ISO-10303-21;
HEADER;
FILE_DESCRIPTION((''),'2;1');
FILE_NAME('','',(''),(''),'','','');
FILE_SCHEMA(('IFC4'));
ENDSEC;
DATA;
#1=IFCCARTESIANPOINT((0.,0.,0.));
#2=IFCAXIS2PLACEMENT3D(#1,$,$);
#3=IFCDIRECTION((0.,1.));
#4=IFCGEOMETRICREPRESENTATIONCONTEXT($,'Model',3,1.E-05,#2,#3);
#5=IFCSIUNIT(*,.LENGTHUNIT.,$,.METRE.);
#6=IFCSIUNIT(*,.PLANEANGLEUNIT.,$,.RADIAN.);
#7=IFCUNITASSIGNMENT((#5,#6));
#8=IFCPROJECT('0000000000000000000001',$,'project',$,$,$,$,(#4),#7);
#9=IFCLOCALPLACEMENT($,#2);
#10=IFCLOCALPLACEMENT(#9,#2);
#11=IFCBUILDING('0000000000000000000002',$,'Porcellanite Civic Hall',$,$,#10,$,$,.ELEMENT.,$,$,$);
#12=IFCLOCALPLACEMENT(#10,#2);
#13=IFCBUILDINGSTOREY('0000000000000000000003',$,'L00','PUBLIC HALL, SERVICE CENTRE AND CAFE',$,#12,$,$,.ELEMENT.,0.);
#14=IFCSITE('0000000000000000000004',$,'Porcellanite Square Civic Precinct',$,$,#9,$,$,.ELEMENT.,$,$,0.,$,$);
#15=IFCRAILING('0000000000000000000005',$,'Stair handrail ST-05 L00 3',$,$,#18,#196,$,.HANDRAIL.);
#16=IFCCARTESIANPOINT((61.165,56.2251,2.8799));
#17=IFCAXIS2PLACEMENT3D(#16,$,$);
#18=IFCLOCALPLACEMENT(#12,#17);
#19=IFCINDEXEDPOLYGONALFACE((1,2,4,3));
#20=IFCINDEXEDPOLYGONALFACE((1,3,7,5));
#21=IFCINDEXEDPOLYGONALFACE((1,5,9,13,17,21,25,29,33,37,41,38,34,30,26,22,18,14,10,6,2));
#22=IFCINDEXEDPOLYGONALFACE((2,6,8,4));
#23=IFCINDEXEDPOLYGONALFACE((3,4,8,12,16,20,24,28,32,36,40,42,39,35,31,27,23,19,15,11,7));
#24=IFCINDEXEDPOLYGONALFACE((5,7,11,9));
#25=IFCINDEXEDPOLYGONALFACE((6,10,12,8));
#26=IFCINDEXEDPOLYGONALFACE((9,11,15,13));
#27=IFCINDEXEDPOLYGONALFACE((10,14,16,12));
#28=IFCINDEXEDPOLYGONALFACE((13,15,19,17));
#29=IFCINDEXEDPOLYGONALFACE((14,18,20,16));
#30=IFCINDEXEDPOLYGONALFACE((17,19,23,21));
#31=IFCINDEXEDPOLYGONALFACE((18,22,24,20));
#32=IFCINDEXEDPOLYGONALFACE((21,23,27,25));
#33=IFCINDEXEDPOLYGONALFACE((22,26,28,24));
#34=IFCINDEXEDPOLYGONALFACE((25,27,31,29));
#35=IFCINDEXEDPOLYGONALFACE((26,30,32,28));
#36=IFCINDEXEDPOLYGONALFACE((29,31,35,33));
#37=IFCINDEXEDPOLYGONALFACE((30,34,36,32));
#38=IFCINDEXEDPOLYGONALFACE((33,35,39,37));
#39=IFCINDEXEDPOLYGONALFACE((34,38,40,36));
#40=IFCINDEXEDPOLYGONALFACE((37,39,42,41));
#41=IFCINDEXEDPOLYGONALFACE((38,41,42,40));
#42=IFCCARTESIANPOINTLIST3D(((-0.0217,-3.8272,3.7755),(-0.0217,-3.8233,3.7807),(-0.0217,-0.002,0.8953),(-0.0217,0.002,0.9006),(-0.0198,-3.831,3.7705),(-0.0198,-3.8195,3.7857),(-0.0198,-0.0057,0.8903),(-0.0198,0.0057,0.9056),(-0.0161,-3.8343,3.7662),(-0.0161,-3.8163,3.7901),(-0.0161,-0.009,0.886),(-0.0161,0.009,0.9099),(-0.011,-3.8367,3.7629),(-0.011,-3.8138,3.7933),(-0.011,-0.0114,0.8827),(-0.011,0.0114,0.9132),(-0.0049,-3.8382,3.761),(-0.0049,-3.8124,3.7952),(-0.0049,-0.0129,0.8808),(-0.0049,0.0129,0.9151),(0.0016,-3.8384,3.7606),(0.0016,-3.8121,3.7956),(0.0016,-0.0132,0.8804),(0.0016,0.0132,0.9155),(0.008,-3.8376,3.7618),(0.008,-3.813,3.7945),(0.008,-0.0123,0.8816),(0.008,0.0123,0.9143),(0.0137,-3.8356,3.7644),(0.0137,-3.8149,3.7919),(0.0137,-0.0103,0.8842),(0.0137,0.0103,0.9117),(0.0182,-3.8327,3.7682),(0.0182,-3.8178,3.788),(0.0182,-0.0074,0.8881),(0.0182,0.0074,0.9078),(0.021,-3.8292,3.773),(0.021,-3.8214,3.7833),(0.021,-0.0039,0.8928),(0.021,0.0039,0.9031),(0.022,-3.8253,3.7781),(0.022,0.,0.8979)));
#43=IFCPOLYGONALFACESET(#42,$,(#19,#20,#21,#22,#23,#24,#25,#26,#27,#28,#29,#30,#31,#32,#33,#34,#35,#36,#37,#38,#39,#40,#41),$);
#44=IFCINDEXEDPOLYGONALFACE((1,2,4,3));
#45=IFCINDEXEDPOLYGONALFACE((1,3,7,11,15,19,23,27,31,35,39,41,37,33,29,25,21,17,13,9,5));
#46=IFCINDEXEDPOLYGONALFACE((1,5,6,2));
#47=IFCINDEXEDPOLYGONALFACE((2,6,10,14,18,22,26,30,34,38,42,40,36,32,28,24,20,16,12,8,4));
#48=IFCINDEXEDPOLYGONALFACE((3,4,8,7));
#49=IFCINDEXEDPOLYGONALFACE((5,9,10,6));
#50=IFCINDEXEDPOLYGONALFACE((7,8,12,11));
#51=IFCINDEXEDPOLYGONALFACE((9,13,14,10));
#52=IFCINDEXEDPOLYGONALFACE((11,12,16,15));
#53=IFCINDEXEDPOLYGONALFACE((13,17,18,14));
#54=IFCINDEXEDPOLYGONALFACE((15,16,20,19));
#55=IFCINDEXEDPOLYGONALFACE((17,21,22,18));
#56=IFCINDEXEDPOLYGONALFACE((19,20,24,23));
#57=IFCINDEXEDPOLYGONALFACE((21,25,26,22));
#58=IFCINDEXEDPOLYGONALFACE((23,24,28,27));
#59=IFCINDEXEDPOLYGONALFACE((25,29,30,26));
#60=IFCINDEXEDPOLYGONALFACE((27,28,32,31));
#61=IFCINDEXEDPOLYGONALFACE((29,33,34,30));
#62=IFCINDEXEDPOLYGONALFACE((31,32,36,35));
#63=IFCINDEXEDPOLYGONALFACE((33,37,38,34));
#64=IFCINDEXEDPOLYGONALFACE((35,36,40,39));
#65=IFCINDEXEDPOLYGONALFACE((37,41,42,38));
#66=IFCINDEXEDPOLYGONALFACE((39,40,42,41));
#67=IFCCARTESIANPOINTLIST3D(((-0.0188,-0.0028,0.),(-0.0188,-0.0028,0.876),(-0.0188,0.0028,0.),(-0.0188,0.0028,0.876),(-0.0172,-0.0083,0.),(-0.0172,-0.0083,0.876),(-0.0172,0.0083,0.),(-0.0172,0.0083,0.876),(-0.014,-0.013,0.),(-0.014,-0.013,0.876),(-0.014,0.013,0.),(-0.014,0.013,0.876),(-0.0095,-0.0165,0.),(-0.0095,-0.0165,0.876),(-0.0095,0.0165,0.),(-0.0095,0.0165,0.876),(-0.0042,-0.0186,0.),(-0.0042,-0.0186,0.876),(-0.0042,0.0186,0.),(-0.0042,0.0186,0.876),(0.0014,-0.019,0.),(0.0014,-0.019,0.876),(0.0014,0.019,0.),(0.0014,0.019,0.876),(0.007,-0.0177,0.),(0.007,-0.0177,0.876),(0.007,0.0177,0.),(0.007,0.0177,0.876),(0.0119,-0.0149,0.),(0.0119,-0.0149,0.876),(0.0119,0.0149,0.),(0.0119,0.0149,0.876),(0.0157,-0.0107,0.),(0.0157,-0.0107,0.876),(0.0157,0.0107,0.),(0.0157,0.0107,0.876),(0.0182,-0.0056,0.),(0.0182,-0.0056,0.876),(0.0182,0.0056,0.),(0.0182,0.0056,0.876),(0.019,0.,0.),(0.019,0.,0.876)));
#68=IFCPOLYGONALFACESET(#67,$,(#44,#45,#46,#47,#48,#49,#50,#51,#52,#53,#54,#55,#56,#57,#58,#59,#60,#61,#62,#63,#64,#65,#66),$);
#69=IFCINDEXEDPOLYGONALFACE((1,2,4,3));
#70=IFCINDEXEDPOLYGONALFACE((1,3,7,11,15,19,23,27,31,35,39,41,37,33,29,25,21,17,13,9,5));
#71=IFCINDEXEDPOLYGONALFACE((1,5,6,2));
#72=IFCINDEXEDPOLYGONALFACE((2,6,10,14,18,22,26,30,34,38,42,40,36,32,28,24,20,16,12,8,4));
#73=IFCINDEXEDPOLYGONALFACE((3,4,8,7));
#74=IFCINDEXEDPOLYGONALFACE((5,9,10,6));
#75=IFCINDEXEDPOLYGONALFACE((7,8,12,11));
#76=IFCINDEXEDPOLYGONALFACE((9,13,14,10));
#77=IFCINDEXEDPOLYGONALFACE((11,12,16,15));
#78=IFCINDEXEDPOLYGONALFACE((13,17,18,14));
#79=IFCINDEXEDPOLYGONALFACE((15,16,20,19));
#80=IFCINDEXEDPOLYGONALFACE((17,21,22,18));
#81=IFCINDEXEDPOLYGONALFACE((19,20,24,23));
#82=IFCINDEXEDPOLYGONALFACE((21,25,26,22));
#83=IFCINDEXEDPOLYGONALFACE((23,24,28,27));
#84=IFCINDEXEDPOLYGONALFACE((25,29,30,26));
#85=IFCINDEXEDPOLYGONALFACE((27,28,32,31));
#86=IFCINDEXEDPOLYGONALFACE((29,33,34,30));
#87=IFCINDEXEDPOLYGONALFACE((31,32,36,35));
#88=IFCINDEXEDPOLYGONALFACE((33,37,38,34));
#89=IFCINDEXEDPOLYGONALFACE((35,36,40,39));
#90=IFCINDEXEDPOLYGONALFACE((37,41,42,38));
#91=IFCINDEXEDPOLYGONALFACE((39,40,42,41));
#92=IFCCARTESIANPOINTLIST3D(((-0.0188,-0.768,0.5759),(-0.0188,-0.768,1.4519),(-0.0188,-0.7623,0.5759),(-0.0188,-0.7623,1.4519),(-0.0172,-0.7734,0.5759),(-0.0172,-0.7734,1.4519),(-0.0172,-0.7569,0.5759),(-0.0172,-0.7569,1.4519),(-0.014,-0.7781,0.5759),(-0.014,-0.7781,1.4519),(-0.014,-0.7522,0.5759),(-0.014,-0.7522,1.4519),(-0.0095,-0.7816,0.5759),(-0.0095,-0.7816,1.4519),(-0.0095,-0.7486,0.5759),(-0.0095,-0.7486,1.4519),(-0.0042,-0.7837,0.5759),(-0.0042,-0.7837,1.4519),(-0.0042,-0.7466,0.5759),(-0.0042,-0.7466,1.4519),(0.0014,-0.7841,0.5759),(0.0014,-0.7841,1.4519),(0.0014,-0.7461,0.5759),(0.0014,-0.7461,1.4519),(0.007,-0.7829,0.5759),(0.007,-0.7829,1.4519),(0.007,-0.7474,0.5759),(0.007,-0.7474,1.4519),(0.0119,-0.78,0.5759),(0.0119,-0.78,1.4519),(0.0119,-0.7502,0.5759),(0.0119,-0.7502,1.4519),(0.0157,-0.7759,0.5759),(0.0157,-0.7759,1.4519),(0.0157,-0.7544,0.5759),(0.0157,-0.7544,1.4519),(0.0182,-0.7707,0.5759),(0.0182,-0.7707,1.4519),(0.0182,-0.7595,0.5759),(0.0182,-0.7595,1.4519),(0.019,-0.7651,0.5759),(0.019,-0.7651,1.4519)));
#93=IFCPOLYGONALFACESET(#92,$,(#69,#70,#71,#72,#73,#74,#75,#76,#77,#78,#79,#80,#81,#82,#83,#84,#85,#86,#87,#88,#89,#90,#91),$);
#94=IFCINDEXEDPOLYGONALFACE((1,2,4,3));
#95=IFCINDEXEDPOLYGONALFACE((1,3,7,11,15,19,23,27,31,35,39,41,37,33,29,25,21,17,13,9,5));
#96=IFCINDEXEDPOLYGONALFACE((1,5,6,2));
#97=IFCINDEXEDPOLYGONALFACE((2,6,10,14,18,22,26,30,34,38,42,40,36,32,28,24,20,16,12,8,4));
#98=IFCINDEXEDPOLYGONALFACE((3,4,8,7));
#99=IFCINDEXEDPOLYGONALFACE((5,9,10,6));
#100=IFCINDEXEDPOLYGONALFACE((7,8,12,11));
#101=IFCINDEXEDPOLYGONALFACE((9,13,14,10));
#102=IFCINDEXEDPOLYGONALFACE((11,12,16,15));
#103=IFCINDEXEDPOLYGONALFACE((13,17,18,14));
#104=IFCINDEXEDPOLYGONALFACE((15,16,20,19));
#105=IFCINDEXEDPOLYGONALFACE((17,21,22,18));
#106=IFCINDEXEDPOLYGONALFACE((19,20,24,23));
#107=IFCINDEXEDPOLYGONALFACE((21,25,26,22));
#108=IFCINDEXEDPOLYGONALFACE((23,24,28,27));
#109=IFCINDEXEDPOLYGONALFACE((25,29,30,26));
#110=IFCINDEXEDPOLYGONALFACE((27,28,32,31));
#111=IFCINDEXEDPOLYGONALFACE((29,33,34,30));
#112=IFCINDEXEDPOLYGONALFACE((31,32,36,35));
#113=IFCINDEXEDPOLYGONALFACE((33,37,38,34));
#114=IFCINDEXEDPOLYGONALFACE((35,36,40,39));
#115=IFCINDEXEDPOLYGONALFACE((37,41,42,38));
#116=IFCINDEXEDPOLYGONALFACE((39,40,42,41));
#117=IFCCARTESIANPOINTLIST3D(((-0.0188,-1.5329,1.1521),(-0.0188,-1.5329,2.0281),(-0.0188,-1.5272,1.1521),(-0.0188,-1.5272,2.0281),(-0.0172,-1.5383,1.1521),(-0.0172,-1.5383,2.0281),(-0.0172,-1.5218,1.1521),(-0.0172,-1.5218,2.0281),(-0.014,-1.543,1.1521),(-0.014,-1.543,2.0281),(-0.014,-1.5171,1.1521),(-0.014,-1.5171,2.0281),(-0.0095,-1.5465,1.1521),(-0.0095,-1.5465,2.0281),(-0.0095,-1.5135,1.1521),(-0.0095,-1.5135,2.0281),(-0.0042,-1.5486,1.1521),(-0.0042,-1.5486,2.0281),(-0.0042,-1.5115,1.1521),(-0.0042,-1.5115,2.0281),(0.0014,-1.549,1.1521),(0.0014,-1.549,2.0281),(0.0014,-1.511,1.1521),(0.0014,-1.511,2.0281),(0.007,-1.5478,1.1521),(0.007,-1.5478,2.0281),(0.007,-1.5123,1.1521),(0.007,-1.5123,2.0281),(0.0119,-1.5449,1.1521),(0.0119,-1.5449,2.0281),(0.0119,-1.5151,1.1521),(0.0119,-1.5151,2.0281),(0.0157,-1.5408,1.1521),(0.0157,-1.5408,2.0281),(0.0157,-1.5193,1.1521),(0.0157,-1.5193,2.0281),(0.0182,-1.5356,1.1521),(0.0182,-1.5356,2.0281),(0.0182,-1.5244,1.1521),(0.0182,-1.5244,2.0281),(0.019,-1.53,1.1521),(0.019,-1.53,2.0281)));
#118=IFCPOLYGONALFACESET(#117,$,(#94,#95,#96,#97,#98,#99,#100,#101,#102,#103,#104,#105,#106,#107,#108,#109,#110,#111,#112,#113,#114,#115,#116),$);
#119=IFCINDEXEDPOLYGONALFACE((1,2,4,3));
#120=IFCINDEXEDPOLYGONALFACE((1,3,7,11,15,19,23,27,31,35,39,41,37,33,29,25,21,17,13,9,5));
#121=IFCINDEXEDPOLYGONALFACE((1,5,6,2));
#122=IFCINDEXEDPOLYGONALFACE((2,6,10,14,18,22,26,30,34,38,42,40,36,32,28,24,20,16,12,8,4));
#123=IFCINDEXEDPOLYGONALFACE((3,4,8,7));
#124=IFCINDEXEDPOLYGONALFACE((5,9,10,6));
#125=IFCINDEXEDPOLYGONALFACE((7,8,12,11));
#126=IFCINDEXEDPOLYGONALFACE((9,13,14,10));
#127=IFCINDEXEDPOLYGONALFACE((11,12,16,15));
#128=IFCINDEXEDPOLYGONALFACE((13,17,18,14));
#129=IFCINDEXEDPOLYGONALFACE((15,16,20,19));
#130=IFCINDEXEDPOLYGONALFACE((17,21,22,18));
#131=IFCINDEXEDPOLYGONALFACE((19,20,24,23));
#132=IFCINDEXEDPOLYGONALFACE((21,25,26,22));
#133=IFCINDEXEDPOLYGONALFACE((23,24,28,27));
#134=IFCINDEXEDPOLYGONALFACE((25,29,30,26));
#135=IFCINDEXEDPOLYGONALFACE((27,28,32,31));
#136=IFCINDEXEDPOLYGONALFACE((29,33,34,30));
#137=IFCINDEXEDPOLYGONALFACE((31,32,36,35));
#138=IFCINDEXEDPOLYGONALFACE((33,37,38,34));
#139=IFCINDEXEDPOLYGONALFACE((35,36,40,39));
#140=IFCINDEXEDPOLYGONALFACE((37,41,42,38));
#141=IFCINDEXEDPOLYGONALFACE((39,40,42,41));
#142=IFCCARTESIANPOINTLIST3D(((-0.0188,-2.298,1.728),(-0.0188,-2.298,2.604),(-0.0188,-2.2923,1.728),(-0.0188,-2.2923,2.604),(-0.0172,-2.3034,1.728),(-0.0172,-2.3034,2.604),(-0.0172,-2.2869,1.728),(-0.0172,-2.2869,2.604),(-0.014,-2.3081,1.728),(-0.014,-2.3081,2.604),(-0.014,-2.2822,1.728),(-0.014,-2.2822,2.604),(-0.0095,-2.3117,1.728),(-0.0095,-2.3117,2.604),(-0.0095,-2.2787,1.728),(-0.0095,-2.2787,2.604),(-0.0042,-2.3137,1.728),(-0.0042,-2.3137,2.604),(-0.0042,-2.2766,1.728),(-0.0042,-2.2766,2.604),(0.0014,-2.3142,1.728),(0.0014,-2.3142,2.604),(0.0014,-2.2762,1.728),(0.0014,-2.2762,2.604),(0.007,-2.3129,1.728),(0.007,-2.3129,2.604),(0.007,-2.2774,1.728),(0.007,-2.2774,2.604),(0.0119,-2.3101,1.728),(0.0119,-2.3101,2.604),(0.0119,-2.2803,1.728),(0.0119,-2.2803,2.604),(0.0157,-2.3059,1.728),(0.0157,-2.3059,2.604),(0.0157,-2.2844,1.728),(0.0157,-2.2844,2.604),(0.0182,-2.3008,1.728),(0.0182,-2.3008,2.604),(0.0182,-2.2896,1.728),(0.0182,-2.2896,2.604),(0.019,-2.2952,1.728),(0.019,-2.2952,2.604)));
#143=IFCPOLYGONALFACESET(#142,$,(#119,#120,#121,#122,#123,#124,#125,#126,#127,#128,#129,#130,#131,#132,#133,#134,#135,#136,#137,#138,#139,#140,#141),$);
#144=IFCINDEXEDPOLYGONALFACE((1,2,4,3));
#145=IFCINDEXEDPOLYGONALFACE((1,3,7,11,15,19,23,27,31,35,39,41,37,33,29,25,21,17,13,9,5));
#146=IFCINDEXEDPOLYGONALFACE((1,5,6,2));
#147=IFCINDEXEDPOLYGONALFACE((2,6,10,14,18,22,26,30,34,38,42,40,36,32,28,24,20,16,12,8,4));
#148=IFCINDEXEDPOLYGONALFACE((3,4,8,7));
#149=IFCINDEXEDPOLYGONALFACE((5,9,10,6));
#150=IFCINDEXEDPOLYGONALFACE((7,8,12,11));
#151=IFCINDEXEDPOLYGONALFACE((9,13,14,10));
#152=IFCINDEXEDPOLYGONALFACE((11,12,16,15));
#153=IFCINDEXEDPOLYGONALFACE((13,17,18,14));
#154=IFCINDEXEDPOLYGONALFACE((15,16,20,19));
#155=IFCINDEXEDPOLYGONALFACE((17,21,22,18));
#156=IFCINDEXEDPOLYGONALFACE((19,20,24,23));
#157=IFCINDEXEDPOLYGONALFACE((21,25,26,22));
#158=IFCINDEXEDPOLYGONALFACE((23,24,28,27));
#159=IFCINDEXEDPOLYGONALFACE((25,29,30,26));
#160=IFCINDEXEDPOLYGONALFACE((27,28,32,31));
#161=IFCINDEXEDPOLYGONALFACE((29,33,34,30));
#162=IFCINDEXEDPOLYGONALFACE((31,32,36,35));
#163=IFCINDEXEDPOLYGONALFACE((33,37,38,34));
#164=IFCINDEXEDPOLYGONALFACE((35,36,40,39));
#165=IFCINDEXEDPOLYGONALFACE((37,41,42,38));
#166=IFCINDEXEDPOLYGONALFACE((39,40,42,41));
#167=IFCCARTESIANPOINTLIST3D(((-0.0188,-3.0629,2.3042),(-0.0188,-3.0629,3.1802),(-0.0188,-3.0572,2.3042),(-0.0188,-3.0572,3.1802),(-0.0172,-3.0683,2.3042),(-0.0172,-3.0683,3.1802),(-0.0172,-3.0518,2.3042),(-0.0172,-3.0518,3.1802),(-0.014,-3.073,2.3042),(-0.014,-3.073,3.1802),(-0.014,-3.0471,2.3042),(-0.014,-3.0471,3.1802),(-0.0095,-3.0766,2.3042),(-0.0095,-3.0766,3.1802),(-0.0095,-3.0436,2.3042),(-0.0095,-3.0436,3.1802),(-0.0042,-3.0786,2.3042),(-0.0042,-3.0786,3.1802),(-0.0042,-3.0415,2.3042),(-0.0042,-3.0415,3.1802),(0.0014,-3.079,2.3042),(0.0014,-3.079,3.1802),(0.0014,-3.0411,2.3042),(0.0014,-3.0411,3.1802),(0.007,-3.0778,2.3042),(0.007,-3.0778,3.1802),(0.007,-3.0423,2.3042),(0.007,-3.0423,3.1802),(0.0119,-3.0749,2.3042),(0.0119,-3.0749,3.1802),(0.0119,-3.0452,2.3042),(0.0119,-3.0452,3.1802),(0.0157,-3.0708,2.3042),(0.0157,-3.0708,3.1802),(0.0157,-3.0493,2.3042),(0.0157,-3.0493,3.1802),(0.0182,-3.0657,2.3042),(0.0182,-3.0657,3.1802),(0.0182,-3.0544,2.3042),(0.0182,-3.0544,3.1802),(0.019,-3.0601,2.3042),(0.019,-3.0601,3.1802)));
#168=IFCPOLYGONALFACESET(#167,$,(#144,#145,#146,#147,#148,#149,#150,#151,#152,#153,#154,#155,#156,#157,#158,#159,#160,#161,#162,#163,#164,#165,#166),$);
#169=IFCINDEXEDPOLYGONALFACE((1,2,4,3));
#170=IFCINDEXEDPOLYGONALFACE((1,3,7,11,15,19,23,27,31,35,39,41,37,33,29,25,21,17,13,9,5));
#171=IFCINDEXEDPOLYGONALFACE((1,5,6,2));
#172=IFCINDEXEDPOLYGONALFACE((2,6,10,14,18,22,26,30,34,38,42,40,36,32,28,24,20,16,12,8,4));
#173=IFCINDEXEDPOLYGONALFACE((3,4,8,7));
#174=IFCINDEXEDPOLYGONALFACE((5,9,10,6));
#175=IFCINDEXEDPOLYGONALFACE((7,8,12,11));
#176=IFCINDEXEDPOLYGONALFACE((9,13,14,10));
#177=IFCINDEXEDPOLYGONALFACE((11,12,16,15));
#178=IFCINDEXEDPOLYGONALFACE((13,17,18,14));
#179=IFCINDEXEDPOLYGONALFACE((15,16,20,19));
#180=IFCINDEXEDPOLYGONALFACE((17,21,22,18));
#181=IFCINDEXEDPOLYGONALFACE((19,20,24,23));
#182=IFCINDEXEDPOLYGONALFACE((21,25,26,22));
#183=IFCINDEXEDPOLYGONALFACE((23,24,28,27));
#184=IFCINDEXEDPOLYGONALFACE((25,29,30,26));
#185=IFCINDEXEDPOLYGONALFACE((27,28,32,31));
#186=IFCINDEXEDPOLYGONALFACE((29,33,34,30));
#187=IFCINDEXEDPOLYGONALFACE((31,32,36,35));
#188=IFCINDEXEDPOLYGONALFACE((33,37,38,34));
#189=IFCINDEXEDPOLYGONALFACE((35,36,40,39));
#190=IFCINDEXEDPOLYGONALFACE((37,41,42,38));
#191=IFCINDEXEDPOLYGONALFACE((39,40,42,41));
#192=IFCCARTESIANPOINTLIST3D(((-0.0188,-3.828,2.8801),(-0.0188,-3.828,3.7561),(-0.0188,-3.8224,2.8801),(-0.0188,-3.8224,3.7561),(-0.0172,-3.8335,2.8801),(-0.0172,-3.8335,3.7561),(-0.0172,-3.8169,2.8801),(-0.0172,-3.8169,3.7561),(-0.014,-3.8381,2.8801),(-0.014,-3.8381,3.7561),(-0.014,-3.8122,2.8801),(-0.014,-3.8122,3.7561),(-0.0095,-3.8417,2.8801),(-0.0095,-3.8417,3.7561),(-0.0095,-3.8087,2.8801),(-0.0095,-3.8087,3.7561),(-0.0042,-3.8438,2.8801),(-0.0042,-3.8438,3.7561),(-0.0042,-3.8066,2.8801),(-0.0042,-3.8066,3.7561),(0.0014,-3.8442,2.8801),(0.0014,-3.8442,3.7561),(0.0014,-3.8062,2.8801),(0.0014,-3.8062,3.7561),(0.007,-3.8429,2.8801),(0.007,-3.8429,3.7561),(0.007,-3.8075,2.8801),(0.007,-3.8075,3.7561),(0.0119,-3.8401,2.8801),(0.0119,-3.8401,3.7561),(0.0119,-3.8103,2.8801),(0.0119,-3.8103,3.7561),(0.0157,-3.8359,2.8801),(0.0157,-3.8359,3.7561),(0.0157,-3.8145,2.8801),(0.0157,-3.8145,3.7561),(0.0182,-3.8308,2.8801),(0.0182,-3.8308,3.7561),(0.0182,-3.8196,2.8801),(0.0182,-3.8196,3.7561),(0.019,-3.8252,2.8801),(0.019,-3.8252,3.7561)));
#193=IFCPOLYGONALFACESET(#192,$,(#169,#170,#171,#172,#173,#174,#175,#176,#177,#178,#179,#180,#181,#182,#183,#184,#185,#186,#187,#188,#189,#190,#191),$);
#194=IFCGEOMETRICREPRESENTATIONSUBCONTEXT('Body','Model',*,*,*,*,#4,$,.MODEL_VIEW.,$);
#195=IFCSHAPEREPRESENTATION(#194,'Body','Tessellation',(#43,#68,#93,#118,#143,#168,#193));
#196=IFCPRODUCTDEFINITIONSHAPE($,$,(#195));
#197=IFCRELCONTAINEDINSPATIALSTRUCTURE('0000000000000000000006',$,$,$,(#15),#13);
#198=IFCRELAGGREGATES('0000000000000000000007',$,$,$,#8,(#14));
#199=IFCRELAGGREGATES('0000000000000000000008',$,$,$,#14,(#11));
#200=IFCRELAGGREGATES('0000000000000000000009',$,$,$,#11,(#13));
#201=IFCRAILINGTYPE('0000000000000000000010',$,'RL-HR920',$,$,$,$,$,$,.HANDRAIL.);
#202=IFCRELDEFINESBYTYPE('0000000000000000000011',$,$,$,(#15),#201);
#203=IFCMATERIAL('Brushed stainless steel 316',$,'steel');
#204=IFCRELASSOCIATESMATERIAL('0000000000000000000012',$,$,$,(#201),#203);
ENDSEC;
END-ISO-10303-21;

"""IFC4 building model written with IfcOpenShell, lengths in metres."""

from ifc_helpers import new_model, si_unit, direction, frame, origin, origin_2d, place, context, subcontext, project, spatial, circle, extrude, material, type_object, element, save


model = new_model("IFC4")

# Units and contexts
model_context = context("Model", 3, precision=1e-05, world=origin(), true_north=direction((0.0, 1.0)))
body_context = subcontext(model_context, "Body", "Model", "MODEL_VIEW")
ifc_project = project(units=[si_unit("LENGTHUNIT", "METRE"), si_unit("PLANEANGLEUNIT", "RADIAN")], contexts=[model_context])

# Site, building, storey
site_placement = place(None, origin())
site = spatial("IfcSite", under=ifc_project, at=site_placement, Name="Porcellanite Square Civic Precinct", CompositionType="ELEMENT", RefElevation=0.0)
building_placement = place(site_placement, origin())
building = spatial("IfcBuilding", under=site, at=building_placement, Name="Porcellanite Civic Hall", CompositionType="ELEMENT")
storey_placement = place(building_placement, origin())
storey = spatial("IfcBuildingStorey", under=building, at=storey_placement, Name="L00", Description="PUBLIC HALL, SERVICE CENTRE AND CAFE", CompositionType="ELEMENT", Elevation=0.0)

# Railing
ifc_material_1 = material(Name="Brushed stainless steel 316", Category="steel")
railing_type_1 = type_object("IfcRailingType", Name="RL-HR920", PredefinedType="HANDRAIL", material=ifc_material_1)
railing_1_placement = place(storey_placement, frame((61.165, 56.2251, 2.8799)))
element("IfcRailing", 1, at=railing_1_placement, inside=storey, type_object=railing_type_1, Name="Stair handrail ST-05 L00 3", PredefinedType="HANDRAIL", context=body_context, shape_type="SweptSolid", body=[
    extrude(circle(Radius=0.022, at=origin_2d()), frame((0.0, 0.0, 0.8979), z_axis=(0.0, -0.798873, 0.6015), x_axis=(1.0, 0.0, 0.0)), (0.0, 0.0, 1.0), 4.7883),
    extrude(circle(Radius=0.019, at=origin_2d()), origin(), (0.0, 0.0, 1.0), 0.876),
    extrude(circle(Radius=0.019, at=origin_2d()), frame((0.0, -0.7651, 0.5759)), (0.0, 0.0, 1.0), 0.876),
    extrude(circle(Radius=0.019, at=origin_2d()), frame((0.0, -1.53, 1.1521)), (0.0, 0.0, 1.0), 0.876),
    extrude(circle(Radius=0.019, at=origin_2d()), frame((0.0, -2.2952, 1.728)), (0.0, 0.0, 1.0), 0.876),
    extrude(circle(Radius=0.019, at=origin_2d()), frame((0.0, -3.0601, 2.3042)), (0.0, 0.0, 1.0), 0.876),
    extrude(circle(Radius=0.019, at=origin_2d()), frame((0.0, -3.8252, 2.8801)), (0.0, 0.0, 1.0), 0.876),
])

save(model, "model.ifc")
